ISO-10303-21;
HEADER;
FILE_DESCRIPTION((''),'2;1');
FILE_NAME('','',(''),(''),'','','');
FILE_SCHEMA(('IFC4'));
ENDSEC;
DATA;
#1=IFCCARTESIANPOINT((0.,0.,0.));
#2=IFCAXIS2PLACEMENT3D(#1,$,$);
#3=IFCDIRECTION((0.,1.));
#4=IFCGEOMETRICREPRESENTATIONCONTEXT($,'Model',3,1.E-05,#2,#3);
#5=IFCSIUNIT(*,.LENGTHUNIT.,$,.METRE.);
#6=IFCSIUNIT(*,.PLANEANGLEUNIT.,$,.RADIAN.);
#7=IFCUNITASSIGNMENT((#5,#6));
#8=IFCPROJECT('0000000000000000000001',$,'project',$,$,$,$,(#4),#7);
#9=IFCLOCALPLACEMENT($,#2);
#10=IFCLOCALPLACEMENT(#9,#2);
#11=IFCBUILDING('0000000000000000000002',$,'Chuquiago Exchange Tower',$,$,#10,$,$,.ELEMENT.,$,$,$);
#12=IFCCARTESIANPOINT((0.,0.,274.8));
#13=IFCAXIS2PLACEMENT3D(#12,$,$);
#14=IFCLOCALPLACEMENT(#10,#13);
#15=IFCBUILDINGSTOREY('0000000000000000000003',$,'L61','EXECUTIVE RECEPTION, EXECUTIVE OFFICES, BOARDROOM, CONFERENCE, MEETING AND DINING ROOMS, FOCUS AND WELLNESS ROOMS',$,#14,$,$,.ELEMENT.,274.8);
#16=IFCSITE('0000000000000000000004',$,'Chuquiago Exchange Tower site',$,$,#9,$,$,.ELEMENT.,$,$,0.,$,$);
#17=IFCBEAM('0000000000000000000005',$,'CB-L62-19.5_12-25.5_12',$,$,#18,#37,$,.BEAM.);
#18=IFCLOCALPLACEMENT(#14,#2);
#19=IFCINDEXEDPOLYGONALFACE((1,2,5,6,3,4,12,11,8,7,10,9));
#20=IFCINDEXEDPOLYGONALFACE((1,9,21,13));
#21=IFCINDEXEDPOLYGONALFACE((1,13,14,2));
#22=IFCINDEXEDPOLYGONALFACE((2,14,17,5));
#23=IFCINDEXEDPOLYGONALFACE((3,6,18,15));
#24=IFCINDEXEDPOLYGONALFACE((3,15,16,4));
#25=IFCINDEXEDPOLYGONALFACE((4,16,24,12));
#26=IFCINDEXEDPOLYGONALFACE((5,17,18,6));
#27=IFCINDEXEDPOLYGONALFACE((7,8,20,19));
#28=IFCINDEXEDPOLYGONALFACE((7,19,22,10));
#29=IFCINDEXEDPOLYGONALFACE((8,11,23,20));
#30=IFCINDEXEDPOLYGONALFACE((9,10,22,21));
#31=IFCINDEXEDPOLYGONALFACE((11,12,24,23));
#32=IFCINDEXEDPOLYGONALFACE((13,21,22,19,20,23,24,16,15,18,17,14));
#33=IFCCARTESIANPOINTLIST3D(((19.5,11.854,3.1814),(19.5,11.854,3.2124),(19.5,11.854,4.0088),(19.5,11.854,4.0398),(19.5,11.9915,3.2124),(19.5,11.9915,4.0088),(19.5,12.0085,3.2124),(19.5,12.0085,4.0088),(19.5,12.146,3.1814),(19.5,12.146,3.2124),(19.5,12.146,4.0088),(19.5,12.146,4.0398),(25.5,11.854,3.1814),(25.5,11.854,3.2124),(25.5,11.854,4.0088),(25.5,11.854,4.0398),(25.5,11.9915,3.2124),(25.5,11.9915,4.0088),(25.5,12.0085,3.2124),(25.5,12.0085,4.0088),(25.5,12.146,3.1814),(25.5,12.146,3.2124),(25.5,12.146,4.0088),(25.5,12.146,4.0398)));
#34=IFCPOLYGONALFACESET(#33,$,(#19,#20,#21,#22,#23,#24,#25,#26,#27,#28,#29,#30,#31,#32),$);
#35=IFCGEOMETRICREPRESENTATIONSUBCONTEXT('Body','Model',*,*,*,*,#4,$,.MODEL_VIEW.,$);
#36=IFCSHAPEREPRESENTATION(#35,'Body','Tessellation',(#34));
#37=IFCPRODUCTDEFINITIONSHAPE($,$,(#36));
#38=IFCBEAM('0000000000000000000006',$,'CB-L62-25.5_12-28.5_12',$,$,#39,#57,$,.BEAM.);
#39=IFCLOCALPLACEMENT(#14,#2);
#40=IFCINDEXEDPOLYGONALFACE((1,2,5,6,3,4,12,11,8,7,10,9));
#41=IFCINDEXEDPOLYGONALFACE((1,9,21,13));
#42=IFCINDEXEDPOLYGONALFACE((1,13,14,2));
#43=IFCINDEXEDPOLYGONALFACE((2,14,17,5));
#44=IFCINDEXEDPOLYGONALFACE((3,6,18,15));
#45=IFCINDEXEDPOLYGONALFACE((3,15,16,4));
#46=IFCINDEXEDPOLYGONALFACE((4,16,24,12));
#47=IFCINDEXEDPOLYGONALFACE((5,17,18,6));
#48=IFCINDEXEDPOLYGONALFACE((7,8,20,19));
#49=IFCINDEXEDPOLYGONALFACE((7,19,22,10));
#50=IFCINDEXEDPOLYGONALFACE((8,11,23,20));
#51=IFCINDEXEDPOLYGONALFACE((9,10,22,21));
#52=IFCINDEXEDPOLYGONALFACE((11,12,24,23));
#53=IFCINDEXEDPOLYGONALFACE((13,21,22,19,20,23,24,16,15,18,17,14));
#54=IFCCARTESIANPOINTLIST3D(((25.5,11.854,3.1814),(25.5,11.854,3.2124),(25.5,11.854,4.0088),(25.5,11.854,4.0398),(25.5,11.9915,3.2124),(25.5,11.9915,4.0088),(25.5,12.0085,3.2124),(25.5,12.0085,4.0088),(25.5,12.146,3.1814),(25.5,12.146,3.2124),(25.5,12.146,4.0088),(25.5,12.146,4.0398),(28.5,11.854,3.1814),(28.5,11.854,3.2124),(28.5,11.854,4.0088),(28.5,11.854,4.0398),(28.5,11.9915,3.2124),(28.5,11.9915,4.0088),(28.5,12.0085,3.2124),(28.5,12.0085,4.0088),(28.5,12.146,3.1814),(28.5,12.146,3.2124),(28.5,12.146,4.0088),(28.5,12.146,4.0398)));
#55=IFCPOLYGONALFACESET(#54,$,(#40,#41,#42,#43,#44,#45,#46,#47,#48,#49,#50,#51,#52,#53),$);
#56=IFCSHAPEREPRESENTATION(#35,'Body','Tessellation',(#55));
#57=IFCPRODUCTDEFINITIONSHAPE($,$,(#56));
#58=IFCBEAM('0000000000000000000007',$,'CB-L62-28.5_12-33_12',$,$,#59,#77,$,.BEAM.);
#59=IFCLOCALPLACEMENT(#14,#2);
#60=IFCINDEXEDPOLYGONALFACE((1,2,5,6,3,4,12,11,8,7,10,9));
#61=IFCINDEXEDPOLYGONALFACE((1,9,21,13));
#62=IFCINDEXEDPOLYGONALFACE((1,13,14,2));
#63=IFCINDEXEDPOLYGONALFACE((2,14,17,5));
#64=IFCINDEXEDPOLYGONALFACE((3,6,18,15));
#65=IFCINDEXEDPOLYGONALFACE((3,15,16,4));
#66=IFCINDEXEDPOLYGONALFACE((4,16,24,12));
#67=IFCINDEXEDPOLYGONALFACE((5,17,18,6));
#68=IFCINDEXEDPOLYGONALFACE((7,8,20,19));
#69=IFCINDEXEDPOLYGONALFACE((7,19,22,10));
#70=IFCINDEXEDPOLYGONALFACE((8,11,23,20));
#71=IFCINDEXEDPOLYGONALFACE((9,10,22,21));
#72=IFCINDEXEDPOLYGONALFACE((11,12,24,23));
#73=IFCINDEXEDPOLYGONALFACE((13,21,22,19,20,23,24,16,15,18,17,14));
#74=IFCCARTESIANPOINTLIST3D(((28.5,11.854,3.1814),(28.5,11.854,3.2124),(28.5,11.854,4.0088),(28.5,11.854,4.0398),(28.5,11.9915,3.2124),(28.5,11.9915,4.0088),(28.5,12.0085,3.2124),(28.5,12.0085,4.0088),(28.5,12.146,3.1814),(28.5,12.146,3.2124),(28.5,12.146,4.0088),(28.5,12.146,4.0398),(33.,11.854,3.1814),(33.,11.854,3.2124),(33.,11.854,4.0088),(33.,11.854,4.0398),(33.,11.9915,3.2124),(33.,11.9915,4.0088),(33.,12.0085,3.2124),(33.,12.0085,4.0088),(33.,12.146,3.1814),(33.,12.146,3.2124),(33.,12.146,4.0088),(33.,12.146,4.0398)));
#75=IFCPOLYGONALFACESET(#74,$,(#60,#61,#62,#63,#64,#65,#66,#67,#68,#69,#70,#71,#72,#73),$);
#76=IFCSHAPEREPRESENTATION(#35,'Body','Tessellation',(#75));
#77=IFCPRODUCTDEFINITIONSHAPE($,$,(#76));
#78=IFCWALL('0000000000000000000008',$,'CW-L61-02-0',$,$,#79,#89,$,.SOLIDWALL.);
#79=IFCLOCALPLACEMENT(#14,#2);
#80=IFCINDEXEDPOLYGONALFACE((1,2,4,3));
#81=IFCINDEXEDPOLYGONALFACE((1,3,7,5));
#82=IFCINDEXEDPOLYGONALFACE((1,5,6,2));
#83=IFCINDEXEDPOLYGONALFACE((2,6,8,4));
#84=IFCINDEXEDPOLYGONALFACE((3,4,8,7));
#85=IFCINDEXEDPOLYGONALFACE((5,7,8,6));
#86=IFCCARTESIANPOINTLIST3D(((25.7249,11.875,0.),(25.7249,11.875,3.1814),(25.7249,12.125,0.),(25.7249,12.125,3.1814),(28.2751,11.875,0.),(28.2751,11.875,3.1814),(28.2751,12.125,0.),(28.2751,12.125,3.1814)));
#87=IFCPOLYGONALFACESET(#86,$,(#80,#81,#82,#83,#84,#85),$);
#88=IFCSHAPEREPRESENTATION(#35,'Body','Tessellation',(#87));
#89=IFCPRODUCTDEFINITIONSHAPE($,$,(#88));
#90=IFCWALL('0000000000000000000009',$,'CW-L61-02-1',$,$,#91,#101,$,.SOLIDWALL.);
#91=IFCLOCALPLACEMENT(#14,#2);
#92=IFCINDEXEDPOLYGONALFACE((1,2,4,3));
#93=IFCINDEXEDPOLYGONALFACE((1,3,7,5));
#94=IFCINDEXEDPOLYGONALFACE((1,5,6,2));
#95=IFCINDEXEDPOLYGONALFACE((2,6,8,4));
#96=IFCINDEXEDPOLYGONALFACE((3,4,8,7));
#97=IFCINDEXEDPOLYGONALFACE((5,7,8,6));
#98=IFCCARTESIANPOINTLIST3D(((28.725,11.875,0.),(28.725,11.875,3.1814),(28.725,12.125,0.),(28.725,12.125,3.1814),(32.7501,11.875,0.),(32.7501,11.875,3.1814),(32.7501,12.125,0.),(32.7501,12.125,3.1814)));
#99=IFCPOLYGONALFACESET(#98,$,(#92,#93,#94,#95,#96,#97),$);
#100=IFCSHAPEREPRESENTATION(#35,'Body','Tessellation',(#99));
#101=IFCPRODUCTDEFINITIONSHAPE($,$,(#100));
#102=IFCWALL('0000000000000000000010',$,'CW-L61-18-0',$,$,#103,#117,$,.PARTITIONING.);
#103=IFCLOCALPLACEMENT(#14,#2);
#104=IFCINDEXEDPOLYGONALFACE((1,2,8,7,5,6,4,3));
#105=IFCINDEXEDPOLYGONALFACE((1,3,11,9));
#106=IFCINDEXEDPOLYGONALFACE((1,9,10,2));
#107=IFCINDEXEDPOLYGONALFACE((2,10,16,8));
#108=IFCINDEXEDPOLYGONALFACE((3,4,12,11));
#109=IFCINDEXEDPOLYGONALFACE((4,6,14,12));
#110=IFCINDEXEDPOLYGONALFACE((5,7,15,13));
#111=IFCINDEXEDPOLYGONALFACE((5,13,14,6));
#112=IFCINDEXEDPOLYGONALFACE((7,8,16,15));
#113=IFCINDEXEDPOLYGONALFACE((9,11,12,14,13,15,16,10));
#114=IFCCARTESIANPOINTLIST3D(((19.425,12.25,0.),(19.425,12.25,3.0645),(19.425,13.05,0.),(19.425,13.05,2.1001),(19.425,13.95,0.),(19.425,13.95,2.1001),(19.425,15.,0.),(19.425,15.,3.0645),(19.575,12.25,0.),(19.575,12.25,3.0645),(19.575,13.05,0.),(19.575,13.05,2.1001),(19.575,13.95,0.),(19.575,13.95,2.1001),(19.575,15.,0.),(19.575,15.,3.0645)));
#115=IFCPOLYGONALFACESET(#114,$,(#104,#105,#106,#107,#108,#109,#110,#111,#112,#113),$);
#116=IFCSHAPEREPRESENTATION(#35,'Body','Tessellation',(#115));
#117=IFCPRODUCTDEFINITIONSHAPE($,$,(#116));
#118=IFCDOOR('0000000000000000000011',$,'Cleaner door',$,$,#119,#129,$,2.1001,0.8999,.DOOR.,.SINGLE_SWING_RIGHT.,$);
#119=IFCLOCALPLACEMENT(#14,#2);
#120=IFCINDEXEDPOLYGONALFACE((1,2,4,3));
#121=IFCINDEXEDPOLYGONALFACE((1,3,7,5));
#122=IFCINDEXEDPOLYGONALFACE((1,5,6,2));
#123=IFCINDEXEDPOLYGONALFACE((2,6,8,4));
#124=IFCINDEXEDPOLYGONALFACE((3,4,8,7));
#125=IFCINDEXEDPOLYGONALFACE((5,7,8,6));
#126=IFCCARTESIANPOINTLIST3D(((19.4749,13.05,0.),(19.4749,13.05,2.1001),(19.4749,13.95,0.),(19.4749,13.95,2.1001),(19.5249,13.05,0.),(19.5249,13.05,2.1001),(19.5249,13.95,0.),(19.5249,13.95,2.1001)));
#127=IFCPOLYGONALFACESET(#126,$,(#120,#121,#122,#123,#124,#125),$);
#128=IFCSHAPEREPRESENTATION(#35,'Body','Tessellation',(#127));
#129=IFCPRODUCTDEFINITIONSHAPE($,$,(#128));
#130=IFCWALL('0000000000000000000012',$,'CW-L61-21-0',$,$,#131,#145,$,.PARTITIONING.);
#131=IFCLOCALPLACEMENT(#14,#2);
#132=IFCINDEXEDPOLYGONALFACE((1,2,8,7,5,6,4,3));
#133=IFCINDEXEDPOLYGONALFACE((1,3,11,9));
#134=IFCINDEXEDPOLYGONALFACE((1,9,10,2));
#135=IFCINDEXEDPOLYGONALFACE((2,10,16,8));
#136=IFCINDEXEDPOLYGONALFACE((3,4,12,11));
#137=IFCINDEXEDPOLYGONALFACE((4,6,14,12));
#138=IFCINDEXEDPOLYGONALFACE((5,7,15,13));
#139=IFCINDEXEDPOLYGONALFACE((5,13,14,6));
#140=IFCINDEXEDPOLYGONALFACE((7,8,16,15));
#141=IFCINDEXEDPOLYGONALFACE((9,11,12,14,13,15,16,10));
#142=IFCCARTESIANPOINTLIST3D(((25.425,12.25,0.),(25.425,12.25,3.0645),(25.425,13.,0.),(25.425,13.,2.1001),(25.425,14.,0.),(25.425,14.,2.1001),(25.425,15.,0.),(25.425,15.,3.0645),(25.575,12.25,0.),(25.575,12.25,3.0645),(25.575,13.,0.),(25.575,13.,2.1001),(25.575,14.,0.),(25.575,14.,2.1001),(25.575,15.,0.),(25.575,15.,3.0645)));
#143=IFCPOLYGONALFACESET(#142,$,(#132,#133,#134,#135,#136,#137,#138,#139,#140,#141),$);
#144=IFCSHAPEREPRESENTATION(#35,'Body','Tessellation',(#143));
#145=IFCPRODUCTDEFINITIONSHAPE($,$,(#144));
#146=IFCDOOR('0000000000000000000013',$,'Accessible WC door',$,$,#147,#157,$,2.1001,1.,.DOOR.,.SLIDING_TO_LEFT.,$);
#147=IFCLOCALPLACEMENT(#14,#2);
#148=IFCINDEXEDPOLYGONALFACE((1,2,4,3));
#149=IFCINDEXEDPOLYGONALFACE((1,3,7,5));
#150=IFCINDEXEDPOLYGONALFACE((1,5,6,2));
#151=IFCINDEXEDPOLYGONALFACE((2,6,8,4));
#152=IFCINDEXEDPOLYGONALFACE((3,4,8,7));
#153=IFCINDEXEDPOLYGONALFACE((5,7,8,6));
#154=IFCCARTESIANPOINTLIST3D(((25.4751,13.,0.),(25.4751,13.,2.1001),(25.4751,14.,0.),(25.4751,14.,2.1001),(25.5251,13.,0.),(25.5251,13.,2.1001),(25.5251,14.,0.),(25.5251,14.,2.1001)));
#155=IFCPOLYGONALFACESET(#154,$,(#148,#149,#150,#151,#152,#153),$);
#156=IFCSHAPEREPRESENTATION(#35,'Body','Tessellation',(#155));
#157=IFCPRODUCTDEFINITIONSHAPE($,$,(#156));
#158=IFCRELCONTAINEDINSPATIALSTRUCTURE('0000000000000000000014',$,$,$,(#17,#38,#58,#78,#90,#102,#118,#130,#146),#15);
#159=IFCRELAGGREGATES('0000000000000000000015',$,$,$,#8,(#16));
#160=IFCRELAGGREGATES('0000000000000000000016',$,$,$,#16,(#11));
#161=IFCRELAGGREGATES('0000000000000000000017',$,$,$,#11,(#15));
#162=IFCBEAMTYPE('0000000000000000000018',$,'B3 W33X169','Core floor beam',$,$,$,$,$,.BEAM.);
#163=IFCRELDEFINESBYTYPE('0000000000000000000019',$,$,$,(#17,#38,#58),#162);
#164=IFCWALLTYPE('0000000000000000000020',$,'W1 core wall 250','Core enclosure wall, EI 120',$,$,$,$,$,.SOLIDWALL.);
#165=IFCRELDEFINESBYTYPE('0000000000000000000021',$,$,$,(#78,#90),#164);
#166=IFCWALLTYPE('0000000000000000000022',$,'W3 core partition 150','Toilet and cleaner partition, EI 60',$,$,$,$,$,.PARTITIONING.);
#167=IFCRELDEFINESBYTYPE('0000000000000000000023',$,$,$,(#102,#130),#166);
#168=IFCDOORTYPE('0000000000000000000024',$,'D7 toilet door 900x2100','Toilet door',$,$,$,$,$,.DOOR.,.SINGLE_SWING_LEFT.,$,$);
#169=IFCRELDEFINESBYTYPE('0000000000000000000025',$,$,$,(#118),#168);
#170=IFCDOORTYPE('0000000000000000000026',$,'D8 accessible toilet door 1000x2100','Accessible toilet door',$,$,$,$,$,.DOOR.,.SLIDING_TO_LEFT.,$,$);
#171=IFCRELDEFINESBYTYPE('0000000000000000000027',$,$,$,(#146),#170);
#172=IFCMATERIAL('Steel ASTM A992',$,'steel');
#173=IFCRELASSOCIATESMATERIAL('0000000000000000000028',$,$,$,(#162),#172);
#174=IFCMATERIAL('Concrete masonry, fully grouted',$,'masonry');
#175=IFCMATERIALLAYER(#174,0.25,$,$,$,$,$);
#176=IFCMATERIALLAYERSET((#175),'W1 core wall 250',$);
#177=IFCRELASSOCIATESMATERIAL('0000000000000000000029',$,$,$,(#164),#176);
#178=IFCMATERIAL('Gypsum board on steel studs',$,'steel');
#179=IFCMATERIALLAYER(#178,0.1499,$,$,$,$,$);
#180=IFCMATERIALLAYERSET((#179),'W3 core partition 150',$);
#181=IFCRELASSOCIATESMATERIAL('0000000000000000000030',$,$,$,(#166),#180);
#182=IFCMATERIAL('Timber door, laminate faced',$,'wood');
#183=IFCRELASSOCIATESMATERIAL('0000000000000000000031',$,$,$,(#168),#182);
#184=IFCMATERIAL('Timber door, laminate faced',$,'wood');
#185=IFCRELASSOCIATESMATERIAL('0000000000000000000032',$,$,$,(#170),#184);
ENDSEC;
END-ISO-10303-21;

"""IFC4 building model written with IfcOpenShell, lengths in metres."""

from ifc_helpers import new_model, si_unit, direction, frame, frame_2d, origin, origin_2d, place, context, subcontext, project, spatial, rectangle, i_section, extrude, material, layer, layer_set, material_profile, profile_set, type_object, element, fill, save


model = new_model("IFC4")

# Units and contexts
model_context = context("Model", 3, precision=1e-05, world=origin(), true_north=direction((0.0, 1.0)))
body_context = subcontext(model_context, "Body", "Model", "MODEL_VIEW")
ifc_project = project(units=[si_unit("LENGTHUNIT", "METRE"), si_unit("PLANEANGLEUNIT", "RADIAN")], contexts=[model_context])

# Site, building, storey
site_placement = place(None, origin())
site = spatial("IfcSite", under=ifc_project, at=site_placement, Name="Chuquiago Exchange Tower site", CompositionType="ELEMENT", RefElevation=0.0)
building_placement = place(site_placement, origin())
building = spatial("IfcBuilding", under=site, at=building_placement, Name="Chuquiago Exchange Tower", CompositionType="ELEMENT")
storey_placement = place(building_placement, frame((0.0, 0.0, 274.8)))
storey = spatial("IfcBuildingStorey", under=building, at=storey_placement, Name="L61", Description="EXECUTIVE RECEPTION, EXECUTIVE OFFICES, BOARDROOM, CONFERENCE, MEETING AND DINING ROOMS, FOCUS AND WELLNESS ROOMS", CompositionType="ELEMENT", Elevation=274.8)

# Beams
ifc_material_1 = material(Name="Steel ASTM A992", Category="steel")
ifc_material_profile_1 = material_profile(ifc_material_1, i_section(OverallWidth=0.292, OverallDepth=0.8584, WebThickness=0.0171, FlangeThickness=0.031, at=origin_2d()), Name="W33X169")
ifc_profile_set_1 = profile_set([ifc_material_profile_1], Name="Steel ASTM A992")
beam_type_1 = type_object("IfcBeamType", Name="B3 W33X169", Description="Core floor beam", PredefinedType="BEAM", material=ifc_profile_set_1)
beam_1_placement = place(storey_placement, frame((19.5, 12.0, 3.6106), z_axis=(1.0, 0.0, 0.0), x_axis=(0.0, 1.0, 0.0)))
element("IfcBeam", 1, at=beam_1_placement, inside=storey, type_object=beam_type_1, Name="CB-L62-19.5_12-25.5_12", PredefinedType="BEAM", context=body_context, shape_type="SweptSolid", body=[
    extrude(i_section(OverallWidth=0.292, OverallDepth=0.8584, WebThickness=0.0171, FlangeThickness=0.031, at=origin_2d()), origin(), (0.0, 0.0, 1.0), 6.0),
])
beam_2_placement = place(storey_placement, frame((25.5, 12.0, 3.6106), z_axis=(1.0, 0.0, 0.0), x_axis=(0.0, 1.0, 0.0)))
element("IfcBeam", 2, at=beam_2_placement, inside=storey, type_object=beam_type_1, Name="CB-L62-25.5_12-28.5_12", PredefinedType="BEAM", context=body_context, shape_type="SweptSolid", body=[
    extrude(i_section(OverallWidth=0.292, OverallDepth=0.8584, WebThickness=0.0171, FlangeThickness=0.031, at=origin_2d()), origin(), (0.0, 0.0, 1.0), 3.0),
])
beam_3_placement = place(storey_placement, frame((28.5, 12.0, 3.6106), z_axis=(1.0, 0.0, 0.0), x_axis=(0.0, 1.0, 0.0)))
element("IfcBeam", 3, at=beam_3_placement, inside=storey, type_object=beam_type_1, Name="CB-L62-28.5_12-33_12", PredefinedType="BEAM", context=body_context, shape_type="SweptSolid", body=[
    extrude(i_section(OverallWidth=0.292, OverallDepth=0.8584, WebThickness=0.0171, FlangeThickness=0.031, at=origin_2d()), origin(), (0.0, 0.0, 1.0), 4.5),
])

# Walls
ifc_material_2 = material(Name="Concrete masonry, fully grouted", Category="masonry")
ifc_layer_1 = layer(ifc_material_2, 0.25)
ifc_layer_set_1 = layer_set([ifc_layer_1], Name="W1 core wall 250")
wall_type_1 = type_object("IfcWallType", Name="W1 core wall 250", Description="Core enclosure wall, EI 120", PredefinedType="SOLIDWALL", material=ifc_layer_set_1)
wall_1_placement = place(storey_placement, frame((25.7249, 12.0, 0.0), z_axis=(0.0, 0.0, 1.0), x_axis=(1.0, 0.0, 0.0)))
element("IfcWall", 4, at=wall_1_placement, inside=storey, type_object=wall_type_1, Name="CW-L61-02-0", PredefinedType="SOLIDWALL", context=body_context, shape_type="SweptSolid", body=[
    extrude(rectangle(XDim=2.5503, YDim=0.25, at=frame_2d((1.2751, 0.0))), origin(), (0.0, 0.0, 1.0), 3.1814),
])
wall_2_placement = place(storey_placement, frame((28.7249, 12.0, 0.0), z_axis=(0.0, 0.0, 1.0), x_axis=(1.0, 0.0, 0.0)))
element("IfcWall", 5, at=wall_2_placement, inside=storey, type_object=wall_type_1, Name="CW-L61-02-1", PredefinedType="SOLIDWALL", context=body_context, shape_type="SweptSolid", body=[
    extrude(rectangle(XDim=4.0251, YDim=0.25, at=frame_2d((2.0127, 0.0))), origin(), (0.0, 0.0, 1.0), 3.1814),
])

# Walls, openings, doors
ifc_material_3 = material(Name="Gypsum board on steel studs", Category="steel")
ifc_layer_2 = layer(ifc_material_3, 0.1499)
ifc_layer_set_2 = layer_set([ifc_layer_2], Name="W3 core partition 150")
wall_type_2 = type_object("IfcWallType", Name="W3 core partition 150", Description="Toilet and cleaner partition, EI 60", PredefinedType="PARTITIONING", material=ifc_layer_set_2)
wall_3_placement = place(storey_placement, frame((19.5, 12.25, 0.0), z_axis=(0.0, 0.0, 1.0), x_axis=(0.0, 1.0, 0.0)))
wall_3 = element("IfcWall", 6, at=wall_3_placement, inside=storey, type_object=wall_type_2, Name="CW-L61-18-0", PredefinedType="PARTITIONING", context=body_context, shape_type="SweptSolid", body=[
    extrude(rectangle(XDim=2.75, YDim=0.1499, at=frame_2d((1.375, 0.0))), origin(), (0.0, 0.0, 1.0), 3.0645),
])
opening_1_placement = place(wall_3_placement, frame((0.8, 0.0, 0.0)))
opening_1 = element("IfcOpeningElement", 7, at=opening_1_placement, cuts=wall_3, PredefinedType="OPENING", context=body_context, shape_type="SweptSolid", body=[
    extrude(rectangle(XDim=0.8999, YDim=2.1001, at=frame_2d((0.45, 1.05))), frame((0.0, 0.085, 0.0), z_axis=(0.0, -1.0, 0.0), x_axis=(1.0, 0.0, 0.0)), (0.0, 0.0, 1.0), 0.1699),
])
ifc_material_4 = material(Name="Timber door, laminate faced", Category="wood")
door_type_1 = type_object("IfcDoorType", Name="D7 toilet door 900x2100", Description="Toilet door", OperationType="SINGLE_SWING_LEFT", PredefinedType="DOOR", material=ifc_material_4)
door_1_placement = place(opening_1_placement, frame((0.8999, 0.0, 0.0), z_axis=(0.0, 0.0, 1.0), x_axis=(-1.0, 0.0, 0.0)))
door_1 = element("IfcDoor", 8, at=door_1_placement, inside=storey, type_object=door_type_1, Name="Cleaner door", OperationType="SINGLE_SWING_RIGHT", OverallHeight=2.1001, OverallWidth=0.8999, PredefinedType="DOOR", context=body_context, shape_type="SweptSolid", body=[
    extrude(rectangle(XDim=0.8999, YDim=2.1001, at=frame_2d((0.45, 1.05))), frame((0.0, 0.0249, 0.0), z_axis=(0.0, -1.0, 0.0), x_axis=(1.0, 0.0, 0.0)), (0.0, 0.0, 1.0), 0.05),
])
fill(opening_1, door_1)
wall_4_placement = place(storey_placement, frame((25.5, 12.25, 0.0), z_axis=(0.0, 0.0, 1.0), x_axis=(0.0, 1.0, 0.0)))
wall_4 = element("IfcWall", 9, at=wall_4_placement, inside=storey, type_object=wall_type_2, Name="CW-L61-21-0", PredefinedType="PARTITIONING", context=body_context, shape_type="SweptSolid", body=[
    extrude(rectangle(XDim=2.75, YDim=0.1499, at=frame_2d((1.375, 0.0))), origin(), (0.0, 0.0, 1.0), 3.0645),
])
opening_2_placement = place(wall_4_placement, frame((0.75, 0.0, 0.0)))
opening_2 = element("IfcOpeningElement", 10, at=opening_2_placement, cuts=wall_4, PredefinedType="OPENING", context=body_context, shape_type="SweptSolid", body=[
    extrude(rectangle(XDim=1.0, YDim=2.1001, at=frame_2d((0.5, 1.05))), frame((0.0, 0.085, 0.0), z_axis=(0.0, -1.0, 0.0), x_axis=(1.0, 0.0, 0.0)), (0.0, 0.0, 1.0), 0.1699),
])
ifc_material_5 = material(Name="Timber door, laminate faced", Category="wood")
door_type_2 = type_object("IfcDoorType", Name="D8 accessible toilet door 1000x2100", Description="Accessible toilet door", OperationType="SLIDING_TO_LEFT", PredefinedType="DOOR", material=ifc_material_5)
door_2_placement = place(opening_2_placement, origin())
door_2 = element("IfcDoor", 11, at=door_2_placement, inside=storey, type_object=door_type_2, Name="Accessible WC door", OperationType="SLIDING_TO_LEFT", OverallHeight=2.1001, OverallWidth=1.0, PredefinedType="DOOR", context=body_context, shape_type="SweptSolid", body=[
    extrude(rectangle(XDim=1.0, YDim=2.1001, at=frame_2d((0.5, 1.05))), frame((0.0, 0.0249, 0.0), z_axis=(0.0, -1.0, 0.0), x_axis=(1.0, 0.0, 0.0)), (0.0, 0.0, 1.0), 0.05),
])
fill(opening_2, door_2)

save(model, "model.ifc")
